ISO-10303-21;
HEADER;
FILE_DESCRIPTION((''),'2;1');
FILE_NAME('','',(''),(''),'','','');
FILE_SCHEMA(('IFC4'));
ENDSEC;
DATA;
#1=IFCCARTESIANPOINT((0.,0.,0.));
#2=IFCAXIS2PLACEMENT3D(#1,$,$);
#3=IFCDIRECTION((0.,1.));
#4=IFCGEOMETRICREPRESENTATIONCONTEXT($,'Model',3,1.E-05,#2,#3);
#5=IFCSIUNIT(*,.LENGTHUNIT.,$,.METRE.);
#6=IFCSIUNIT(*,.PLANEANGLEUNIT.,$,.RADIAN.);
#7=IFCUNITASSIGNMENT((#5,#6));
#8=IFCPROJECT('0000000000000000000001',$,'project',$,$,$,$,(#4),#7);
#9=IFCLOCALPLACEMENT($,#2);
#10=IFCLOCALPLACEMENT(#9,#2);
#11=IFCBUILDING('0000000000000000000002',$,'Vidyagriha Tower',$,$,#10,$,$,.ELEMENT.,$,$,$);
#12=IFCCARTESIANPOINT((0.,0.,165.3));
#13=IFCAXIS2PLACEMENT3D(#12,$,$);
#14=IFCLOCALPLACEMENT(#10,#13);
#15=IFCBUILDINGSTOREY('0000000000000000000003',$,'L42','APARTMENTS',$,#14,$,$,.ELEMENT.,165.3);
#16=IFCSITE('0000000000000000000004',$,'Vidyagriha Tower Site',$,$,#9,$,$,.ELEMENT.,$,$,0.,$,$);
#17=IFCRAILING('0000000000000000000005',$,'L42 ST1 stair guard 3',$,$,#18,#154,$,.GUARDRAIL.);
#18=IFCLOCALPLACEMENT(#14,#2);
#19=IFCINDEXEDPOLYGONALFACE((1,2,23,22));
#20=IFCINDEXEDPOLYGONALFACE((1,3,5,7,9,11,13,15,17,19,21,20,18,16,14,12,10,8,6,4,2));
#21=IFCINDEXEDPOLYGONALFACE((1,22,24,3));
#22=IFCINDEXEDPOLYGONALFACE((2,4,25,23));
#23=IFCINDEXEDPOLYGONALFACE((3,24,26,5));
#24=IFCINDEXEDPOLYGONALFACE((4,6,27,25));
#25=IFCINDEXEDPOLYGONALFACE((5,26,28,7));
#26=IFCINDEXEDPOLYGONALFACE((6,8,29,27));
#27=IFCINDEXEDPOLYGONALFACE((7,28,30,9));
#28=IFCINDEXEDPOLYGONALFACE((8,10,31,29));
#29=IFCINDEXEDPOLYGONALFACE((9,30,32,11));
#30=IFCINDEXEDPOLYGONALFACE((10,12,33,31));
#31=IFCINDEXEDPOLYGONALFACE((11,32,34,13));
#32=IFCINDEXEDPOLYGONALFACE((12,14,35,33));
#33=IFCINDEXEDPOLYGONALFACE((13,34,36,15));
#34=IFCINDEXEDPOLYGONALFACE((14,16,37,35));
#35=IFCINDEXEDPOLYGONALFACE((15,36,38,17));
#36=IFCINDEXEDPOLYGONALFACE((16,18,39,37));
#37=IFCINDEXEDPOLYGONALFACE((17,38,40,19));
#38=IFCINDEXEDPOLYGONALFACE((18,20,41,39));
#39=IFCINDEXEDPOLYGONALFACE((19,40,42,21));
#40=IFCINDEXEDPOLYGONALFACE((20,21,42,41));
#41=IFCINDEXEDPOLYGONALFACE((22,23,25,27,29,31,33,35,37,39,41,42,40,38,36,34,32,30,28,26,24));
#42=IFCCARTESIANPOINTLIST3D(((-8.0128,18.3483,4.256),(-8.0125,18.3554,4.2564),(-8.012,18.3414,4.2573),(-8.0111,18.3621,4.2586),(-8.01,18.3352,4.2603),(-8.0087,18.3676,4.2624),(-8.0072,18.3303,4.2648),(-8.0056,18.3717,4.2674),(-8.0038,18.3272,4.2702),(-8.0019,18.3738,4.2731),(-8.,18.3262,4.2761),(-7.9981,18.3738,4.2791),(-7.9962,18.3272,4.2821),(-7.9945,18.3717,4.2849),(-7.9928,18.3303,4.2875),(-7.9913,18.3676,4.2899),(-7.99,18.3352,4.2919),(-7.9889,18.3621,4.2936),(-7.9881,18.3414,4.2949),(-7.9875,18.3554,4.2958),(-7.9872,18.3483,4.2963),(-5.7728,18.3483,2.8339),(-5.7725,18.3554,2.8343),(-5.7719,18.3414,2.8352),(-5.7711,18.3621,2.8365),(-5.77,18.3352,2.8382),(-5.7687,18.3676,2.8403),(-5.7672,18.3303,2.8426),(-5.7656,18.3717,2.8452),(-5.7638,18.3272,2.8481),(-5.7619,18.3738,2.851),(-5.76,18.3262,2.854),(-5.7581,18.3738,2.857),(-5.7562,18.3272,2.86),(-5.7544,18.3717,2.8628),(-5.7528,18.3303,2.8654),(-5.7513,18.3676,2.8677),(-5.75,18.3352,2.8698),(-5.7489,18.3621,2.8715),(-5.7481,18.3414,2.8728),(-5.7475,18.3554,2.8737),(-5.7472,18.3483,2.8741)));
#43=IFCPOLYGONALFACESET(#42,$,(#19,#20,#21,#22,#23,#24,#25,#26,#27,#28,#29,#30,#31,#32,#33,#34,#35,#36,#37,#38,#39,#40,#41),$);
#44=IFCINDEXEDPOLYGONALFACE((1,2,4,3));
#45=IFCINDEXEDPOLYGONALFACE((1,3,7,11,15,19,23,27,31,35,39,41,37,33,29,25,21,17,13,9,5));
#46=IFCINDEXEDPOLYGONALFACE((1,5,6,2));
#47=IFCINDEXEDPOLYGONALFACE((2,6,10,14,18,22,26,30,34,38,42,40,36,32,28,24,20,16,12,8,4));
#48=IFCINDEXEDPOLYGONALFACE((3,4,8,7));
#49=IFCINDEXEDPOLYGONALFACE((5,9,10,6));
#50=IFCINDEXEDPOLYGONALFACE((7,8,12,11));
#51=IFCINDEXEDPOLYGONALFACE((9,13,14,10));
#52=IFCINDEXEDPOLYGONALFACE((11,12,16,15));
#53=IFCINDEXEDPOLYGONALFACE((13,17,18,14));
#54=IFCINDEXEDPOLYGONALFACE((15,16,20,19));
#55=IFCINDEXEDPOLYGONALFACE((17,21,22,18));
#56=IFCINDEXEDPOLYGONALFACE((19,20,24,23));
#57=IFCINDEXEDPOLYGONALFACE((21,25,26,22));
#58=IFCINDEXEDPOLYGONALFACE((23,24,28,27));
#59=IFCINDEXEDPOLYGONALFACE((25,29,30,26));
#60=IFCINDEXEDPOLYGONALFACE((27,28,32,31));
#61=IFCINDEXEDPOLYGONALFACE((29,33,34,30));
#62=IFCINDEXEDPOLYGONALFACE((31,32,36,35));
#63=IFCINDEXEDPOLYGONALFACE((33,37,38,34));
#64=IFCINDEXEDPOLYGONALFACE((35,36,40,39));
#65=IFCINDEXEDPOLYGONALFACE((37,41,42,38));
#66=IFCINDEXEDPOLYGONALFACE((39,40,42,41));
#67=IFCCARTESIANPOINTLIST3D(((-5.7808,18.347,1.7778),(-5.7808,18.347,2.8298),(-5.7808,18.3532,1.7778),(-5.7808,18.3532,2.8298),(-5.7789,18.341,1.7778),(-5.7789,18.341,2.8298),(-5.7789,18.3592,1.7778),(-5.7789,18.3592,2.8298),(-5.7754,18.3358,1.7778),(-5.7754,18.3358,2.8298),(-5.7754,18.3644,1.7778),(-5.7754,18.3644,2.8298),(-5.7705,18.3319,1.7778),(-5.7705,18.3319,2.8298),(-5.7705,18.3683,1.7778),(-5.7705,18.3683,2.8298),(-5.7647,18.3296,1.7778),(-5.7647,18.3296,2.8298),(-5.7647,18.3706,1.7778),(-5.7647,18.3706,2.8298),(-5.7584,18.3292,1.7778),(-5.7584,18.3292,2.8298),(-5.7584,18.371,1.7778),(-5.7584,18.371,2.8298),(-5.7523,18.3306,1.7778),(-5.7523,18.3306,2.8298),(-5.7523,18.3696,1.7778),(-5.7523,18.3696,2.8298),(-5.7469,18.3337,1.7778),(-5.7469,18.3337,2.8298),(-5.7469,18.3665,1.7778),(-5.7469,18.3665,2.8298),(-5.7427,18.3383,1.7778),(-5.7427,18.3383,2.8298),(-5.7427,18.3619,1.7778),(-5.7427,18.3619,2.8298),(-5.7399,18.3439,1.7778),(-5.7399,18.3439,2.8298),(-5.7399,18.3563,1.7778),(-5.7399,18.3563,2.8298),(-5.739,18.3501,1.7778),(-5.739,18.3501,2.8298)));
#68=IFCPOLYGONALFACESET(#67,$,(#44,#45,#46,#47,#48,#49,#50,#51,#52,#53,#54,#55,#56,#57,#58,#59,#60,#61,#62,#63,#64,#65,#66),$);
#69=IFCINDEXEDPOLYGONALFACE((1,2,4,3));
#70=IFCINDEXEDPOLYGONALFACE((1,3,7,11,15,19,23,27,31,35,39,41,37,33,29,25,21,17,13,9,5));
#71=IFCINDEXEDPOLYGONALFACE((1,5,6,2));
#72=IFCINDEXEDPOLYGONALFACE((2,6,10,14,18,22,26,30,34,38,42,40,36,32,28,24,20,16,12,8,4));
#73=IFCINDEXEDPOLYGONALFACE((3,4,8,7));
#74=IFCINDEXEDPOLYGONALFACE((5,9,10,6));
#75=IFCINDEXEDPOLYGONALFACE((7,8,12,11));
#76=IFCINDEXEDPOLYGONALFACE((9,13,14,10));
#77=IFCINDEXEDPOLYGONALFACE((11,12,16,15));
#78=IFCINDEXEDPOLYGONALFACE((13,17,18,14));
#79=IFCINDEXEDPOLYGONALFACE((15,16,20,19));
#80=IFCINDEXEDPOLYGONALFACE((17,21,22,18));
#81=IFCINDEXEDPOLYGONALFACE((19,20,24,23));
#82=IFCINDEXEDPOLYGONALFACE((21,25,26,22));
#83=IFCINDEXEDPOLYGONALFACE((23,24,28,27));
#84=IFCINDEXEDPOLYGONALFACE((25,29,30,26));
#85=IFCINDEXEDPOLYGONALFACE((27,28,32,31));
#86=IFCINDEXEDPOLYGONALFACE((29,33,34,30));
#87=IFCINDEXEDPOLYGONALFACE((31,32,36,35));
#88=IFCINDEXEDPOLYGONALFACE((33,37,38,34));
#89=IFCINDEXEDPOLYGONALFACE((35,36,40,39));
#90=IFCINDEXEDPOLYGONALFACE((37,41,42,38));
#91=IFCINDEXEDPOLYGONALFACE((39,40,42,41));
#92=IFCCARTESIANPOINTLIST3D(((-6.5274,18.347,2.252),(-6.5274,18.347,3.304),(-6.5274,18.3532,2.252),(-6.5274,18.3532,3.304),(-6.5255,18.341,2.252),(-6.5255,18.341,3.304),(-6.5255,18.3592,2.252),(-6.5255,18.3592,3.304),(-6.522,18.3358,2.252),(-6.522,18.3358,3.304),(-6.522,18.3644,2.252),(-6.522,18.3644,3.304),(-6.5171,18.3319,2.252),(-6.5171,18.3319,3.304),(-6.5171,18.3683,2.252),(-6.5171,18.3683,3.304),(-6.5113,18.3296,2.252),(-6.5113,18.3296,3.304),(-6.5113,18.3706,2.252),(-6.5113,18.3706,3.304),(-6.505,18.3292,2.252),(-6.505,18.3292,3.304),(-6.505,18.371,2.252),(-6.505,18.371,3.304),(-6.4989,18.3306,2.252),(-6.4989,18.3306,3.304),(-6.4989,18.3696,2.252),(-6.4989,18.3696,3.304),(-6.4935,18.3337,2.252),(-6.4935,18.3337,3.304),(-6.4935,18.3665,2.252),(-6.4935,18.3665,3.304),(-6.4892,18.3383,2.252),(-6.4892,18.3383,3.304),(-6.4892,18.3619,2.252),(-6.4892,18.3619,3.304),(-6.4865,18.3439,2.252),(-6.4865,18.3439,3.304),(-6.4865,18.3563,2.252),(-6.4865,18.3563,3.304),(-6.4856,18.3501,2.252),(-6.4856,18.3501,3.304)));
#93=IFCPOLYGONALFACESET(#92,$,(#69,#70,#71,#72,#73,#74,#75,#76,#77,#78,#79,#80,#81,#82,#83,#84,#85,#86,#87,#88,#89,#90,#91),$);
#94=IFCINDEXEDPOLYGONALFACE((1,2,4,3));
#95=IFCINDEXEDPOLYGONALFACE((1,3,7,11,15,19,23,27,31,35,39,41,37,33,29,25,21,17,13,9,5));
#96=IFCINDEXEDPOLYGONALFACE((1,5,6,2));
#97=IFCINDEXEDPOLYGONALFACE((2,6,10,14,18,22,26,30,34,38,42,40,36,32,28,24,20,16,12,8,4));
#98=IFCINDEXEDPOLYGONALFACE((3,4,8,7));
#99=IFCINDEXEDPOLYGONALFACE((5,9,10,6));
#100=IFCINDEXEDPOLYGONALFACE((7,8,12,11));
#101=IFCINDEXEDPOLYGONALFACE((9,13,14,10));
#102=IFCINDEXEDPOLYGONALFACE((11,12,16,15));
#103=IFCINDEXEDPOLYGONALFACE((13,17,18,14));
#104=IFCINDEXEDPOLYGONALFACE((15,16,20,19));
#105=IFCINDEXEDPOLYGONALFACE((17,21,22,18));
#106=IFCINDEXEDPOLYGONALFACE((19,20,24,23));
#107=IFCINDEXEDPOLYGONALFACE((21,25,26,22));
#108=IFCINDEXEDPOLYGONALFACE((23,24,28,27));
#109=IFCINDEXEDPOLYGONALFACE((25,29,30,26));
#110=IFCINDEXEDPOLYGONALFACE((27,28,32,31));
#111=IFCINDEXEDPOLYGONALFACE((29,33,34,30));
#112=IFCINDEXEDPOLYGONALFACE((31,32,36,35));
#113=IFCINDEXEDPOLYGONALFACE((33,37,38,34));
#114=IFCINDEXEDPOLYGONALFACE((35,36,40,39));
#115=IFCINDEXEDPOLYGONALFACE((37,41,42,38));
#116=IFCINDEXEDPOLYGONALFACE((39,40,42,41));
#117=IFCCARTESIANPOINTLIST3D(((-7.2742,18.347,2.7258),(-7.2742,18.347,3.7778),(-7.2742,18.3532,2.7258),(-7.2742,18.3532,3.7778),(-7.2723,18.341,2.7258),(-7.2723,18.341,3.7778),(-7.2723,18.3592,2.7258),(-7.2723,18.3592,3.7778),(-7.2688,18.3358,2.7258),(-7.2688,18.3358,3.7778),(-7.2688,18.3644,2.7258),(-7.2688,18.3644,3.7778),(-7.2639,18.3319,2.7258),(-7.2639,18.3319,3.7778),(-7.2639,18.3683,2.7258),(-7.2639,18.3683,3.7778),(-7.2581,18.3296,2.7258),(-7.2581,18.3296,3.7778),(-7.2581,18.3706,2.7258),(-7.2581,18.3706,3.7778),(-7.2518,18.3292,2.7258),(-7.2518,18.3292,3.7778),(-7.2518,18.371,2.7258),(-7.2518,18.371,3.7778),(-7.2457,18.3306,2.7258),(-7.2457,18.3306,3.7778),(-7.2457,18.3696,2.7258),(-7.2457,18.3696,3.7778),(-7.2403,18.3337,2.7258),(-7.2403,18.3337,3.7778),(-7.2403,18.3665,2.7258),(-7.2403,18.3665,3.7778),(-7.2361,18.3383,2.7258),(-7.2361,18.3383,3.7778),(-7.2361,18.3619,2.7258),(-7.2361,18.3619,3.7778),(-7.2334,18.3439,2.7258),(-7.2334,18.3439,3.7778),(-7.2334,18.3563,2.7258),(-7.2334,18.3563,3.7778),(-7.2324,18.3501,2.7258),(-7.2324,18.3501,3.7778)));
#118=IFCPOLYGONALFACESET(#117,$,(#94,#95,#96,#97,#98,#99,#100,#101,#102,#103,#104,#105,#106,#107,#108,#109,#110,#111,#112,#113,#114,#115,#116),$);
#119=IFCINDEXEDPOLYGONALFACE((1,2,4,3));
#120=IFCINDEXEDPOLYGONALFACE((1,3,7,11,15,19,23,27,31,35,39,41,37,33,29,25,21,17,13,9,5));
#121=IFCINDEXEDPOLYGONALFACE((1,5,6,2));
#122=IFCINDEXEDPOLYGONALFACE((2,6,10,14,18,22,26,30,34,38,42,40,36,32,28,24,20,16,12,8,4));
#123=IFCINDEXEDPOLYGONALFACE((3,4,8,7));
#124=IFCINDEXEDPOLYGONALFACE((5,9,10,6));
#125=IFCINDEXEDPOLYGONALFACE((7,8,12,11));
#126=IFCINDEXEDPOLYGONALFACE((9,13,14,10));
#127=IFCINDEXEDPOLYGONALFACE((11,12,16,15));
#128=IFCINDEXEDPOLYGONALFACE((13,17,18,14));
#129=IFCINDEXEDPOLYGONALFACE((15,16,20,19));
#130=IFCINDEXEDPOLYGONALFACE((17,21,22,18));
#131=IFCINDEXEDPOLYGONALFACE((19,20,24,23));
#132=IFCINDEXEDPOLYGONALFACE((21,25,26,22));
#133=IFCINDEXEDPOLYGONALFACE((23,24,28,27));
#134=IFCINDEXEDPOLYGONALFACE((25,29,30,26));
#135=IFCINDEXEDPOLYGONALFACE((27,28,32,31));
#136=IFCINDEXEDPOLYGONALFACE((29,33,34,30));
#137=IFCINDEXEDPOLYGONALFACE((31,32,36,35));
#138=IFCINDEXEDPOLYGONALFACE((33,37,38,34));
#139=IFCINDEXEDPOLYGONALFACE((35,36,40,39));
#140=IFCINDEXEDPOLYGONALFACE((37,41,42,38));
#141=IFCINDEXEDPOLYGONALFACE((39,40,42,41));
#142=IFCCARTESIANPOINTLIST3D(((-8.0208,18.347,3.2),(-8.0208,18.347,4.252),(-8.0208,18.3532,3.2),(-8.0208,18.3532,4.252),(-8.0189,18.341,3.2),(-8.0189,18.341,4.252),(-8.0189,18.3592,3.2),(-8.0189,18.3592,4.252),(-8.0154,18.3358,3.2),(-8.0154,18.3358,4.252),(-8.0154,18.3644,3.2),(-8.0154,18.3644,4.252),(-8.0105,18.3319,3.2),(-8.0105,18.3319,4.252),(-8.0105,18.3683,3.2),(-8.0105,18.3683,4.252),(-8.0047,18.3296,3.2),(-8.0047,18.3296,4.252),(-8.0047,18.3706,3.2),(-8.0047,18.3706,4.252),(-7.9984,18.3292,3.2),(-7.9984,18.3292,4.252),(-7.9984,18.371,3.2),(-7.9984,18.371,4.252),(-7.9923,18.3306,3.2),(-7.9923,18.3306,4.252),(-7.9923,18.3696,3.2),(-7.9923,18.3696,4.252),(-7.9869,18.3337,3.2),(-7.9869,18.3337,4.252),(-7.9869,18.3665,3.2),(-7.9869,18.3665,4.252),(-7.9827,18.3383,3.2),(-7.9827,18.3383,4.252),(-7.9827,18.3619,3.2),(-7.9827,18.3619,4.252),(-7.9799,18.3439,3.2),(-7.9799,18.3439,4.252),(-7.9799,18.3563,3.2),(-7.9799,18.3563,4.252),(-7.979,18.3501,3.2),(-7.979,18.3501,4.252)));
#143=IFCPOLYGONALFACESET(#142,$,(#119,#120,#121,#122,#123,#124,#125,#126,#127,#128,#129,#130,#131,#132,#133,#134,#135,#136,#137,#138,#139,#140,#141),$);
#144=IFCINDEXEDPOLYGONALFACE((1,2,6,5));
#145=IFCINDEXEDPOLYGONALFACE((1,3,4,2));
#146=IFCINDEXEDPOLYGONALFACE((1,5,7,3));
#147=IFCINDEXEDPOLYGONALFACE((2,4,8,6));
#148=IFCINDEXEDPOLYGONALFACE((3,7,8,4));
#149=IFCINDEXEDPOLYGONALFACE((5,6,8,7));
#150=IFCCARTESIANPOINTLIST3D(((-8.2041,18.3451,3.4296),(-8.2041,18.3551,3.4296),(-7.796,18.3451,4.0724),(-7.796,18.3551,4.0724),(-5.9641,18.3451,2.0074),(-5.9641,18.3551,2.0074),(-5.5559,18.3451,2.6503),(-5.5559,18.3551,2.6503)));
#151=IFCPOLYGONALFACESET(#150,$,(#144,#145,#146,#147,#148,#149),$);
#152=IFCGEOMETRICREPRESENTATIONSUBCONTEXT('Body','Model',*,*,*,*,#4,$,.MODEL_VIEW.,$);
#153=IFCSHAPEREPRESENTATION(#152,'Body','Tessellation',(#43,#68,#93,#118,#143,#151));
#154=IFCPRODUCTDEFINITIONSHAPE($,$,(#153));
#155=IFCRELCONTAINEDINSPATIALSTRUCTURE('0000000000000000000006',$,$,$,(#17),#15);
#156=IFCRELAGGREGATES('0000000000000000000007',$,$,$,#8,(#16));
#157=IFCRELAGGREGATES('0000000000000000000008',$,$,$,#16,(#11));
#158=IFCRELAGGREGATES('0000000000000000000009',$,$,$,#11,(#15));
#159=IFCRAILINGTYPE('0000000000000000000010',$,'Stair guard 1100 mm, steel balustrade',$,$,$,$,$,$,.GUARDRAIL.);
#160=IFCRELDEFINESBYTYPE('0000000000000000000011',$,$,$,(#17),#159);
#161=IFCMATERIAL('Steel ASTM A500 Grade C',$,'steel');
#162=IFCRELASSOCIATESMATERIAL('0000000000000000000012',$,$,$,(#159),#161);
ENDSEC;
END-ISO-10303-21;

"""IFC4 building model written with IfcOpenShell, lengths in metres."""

from ifc_helpers import new_model, si_unit, direction, frame, origin, origin_2d, place, context, subcontext, project, spatial, rectangle, circle, extrude, material, type_object, element, save


model = new_model("IFC4")

# Units and contexts
model_context = context("Model", 3, precision=1e-05, world=origin(), true_north=direction((0.0, 1.0)))
body_context = subcontext(model_context, "Body", "Model", "MODEL_VIEW")
ifc_project = project(units=[si_unit("LENGTHUNIT", "METRE"), si_unit("PLANEANGLEUNIT", "RADIAN")], contexts=[model_context])

# Site, building, storey
site_placement = place(None, origin())
site = spatial("IfcSite", under=ifc_project, at=site_placement, Name="Vidyagriha Tower Site", CompositionType="ELEMENT", RefElevation=0.0)
building_placement = place(site_placement, origin())
building = spatial("IfcBuilding", under=site, at=building_placement, Name="Vidyagriha Tower", CompositionType="ELEMENT")
storey_placement = place(building_placement, frame((0.0, 0.0, 165.3)))
storey = spatial("IfcBuildingStorey", under=building, at=storey_placement, Name="L42", Description="APARTMENTS", CompositionType="ELEMENT", Elevation=165.3)

# Railing
ifc_material_1 = material(Name="Steel ASTM A500 Grade C", Category="steel")
railing_type_1 = type_object("IfcRailingType", Name="Stair guard 1100 mm, steel balustrade", PredefinedType="GUARDRAIL", material=ifc_material_1)
railing_1_placement = place(storey_placement, frame((-5.76, 18.3501, 1.7778)))
element("IfcRailing", 1, at=railing_1_placement, inside=storey, type_object=railing_type_1, Name="L42 ST1 stair guard 3", PredefinedType="GUARDRAIL", context=body_context, shape_type="SweptSolid", body=[
    extrude(circle(Radius=0.0239, at=origin_2d()), frame((0.0, 0.0, 1.0762), z_axis=(-0.844229, 0.0, 0.535982), x_axis=(0.0, -1.0, 0.0)), (0.0, 0.0, 1.0), 2.6533),
    extrude(circle(Radius=0.021, at=origin_2d()), origin(), (0.0, 0.0, 1.0), 1.052),
    extrude(circle(Radius=0.021, at=origin_2d()), frame((-0.7466, 0.0, 0.4741)), (0.0, 0.0, 1.0), 1.052),
    extrude(circle(Radius=0.021, at=origin_2d()), frame((-1.4934, 0.0, 0.948)), (0.0, 0.0, 1.0), 1.052),
    extrude(circle(Radius=0.021, at=origin_2d()), frame((-2.24, 0.0, 1.4221)), (0.0, 0.0, 1.0), 1.052),
    extrude(rectangle(XDim=0.01, YDim=0.7615, at=origin_2d()), frame((0.0, 0.0, 0.551), z_axis=(-0.844229, 0.0, 0.535982), x_axis=(0.0, -1.0, 0.0)), (0.0, 0.0, 1.0), 2.6533),
])

save(model, "model.ifc")
